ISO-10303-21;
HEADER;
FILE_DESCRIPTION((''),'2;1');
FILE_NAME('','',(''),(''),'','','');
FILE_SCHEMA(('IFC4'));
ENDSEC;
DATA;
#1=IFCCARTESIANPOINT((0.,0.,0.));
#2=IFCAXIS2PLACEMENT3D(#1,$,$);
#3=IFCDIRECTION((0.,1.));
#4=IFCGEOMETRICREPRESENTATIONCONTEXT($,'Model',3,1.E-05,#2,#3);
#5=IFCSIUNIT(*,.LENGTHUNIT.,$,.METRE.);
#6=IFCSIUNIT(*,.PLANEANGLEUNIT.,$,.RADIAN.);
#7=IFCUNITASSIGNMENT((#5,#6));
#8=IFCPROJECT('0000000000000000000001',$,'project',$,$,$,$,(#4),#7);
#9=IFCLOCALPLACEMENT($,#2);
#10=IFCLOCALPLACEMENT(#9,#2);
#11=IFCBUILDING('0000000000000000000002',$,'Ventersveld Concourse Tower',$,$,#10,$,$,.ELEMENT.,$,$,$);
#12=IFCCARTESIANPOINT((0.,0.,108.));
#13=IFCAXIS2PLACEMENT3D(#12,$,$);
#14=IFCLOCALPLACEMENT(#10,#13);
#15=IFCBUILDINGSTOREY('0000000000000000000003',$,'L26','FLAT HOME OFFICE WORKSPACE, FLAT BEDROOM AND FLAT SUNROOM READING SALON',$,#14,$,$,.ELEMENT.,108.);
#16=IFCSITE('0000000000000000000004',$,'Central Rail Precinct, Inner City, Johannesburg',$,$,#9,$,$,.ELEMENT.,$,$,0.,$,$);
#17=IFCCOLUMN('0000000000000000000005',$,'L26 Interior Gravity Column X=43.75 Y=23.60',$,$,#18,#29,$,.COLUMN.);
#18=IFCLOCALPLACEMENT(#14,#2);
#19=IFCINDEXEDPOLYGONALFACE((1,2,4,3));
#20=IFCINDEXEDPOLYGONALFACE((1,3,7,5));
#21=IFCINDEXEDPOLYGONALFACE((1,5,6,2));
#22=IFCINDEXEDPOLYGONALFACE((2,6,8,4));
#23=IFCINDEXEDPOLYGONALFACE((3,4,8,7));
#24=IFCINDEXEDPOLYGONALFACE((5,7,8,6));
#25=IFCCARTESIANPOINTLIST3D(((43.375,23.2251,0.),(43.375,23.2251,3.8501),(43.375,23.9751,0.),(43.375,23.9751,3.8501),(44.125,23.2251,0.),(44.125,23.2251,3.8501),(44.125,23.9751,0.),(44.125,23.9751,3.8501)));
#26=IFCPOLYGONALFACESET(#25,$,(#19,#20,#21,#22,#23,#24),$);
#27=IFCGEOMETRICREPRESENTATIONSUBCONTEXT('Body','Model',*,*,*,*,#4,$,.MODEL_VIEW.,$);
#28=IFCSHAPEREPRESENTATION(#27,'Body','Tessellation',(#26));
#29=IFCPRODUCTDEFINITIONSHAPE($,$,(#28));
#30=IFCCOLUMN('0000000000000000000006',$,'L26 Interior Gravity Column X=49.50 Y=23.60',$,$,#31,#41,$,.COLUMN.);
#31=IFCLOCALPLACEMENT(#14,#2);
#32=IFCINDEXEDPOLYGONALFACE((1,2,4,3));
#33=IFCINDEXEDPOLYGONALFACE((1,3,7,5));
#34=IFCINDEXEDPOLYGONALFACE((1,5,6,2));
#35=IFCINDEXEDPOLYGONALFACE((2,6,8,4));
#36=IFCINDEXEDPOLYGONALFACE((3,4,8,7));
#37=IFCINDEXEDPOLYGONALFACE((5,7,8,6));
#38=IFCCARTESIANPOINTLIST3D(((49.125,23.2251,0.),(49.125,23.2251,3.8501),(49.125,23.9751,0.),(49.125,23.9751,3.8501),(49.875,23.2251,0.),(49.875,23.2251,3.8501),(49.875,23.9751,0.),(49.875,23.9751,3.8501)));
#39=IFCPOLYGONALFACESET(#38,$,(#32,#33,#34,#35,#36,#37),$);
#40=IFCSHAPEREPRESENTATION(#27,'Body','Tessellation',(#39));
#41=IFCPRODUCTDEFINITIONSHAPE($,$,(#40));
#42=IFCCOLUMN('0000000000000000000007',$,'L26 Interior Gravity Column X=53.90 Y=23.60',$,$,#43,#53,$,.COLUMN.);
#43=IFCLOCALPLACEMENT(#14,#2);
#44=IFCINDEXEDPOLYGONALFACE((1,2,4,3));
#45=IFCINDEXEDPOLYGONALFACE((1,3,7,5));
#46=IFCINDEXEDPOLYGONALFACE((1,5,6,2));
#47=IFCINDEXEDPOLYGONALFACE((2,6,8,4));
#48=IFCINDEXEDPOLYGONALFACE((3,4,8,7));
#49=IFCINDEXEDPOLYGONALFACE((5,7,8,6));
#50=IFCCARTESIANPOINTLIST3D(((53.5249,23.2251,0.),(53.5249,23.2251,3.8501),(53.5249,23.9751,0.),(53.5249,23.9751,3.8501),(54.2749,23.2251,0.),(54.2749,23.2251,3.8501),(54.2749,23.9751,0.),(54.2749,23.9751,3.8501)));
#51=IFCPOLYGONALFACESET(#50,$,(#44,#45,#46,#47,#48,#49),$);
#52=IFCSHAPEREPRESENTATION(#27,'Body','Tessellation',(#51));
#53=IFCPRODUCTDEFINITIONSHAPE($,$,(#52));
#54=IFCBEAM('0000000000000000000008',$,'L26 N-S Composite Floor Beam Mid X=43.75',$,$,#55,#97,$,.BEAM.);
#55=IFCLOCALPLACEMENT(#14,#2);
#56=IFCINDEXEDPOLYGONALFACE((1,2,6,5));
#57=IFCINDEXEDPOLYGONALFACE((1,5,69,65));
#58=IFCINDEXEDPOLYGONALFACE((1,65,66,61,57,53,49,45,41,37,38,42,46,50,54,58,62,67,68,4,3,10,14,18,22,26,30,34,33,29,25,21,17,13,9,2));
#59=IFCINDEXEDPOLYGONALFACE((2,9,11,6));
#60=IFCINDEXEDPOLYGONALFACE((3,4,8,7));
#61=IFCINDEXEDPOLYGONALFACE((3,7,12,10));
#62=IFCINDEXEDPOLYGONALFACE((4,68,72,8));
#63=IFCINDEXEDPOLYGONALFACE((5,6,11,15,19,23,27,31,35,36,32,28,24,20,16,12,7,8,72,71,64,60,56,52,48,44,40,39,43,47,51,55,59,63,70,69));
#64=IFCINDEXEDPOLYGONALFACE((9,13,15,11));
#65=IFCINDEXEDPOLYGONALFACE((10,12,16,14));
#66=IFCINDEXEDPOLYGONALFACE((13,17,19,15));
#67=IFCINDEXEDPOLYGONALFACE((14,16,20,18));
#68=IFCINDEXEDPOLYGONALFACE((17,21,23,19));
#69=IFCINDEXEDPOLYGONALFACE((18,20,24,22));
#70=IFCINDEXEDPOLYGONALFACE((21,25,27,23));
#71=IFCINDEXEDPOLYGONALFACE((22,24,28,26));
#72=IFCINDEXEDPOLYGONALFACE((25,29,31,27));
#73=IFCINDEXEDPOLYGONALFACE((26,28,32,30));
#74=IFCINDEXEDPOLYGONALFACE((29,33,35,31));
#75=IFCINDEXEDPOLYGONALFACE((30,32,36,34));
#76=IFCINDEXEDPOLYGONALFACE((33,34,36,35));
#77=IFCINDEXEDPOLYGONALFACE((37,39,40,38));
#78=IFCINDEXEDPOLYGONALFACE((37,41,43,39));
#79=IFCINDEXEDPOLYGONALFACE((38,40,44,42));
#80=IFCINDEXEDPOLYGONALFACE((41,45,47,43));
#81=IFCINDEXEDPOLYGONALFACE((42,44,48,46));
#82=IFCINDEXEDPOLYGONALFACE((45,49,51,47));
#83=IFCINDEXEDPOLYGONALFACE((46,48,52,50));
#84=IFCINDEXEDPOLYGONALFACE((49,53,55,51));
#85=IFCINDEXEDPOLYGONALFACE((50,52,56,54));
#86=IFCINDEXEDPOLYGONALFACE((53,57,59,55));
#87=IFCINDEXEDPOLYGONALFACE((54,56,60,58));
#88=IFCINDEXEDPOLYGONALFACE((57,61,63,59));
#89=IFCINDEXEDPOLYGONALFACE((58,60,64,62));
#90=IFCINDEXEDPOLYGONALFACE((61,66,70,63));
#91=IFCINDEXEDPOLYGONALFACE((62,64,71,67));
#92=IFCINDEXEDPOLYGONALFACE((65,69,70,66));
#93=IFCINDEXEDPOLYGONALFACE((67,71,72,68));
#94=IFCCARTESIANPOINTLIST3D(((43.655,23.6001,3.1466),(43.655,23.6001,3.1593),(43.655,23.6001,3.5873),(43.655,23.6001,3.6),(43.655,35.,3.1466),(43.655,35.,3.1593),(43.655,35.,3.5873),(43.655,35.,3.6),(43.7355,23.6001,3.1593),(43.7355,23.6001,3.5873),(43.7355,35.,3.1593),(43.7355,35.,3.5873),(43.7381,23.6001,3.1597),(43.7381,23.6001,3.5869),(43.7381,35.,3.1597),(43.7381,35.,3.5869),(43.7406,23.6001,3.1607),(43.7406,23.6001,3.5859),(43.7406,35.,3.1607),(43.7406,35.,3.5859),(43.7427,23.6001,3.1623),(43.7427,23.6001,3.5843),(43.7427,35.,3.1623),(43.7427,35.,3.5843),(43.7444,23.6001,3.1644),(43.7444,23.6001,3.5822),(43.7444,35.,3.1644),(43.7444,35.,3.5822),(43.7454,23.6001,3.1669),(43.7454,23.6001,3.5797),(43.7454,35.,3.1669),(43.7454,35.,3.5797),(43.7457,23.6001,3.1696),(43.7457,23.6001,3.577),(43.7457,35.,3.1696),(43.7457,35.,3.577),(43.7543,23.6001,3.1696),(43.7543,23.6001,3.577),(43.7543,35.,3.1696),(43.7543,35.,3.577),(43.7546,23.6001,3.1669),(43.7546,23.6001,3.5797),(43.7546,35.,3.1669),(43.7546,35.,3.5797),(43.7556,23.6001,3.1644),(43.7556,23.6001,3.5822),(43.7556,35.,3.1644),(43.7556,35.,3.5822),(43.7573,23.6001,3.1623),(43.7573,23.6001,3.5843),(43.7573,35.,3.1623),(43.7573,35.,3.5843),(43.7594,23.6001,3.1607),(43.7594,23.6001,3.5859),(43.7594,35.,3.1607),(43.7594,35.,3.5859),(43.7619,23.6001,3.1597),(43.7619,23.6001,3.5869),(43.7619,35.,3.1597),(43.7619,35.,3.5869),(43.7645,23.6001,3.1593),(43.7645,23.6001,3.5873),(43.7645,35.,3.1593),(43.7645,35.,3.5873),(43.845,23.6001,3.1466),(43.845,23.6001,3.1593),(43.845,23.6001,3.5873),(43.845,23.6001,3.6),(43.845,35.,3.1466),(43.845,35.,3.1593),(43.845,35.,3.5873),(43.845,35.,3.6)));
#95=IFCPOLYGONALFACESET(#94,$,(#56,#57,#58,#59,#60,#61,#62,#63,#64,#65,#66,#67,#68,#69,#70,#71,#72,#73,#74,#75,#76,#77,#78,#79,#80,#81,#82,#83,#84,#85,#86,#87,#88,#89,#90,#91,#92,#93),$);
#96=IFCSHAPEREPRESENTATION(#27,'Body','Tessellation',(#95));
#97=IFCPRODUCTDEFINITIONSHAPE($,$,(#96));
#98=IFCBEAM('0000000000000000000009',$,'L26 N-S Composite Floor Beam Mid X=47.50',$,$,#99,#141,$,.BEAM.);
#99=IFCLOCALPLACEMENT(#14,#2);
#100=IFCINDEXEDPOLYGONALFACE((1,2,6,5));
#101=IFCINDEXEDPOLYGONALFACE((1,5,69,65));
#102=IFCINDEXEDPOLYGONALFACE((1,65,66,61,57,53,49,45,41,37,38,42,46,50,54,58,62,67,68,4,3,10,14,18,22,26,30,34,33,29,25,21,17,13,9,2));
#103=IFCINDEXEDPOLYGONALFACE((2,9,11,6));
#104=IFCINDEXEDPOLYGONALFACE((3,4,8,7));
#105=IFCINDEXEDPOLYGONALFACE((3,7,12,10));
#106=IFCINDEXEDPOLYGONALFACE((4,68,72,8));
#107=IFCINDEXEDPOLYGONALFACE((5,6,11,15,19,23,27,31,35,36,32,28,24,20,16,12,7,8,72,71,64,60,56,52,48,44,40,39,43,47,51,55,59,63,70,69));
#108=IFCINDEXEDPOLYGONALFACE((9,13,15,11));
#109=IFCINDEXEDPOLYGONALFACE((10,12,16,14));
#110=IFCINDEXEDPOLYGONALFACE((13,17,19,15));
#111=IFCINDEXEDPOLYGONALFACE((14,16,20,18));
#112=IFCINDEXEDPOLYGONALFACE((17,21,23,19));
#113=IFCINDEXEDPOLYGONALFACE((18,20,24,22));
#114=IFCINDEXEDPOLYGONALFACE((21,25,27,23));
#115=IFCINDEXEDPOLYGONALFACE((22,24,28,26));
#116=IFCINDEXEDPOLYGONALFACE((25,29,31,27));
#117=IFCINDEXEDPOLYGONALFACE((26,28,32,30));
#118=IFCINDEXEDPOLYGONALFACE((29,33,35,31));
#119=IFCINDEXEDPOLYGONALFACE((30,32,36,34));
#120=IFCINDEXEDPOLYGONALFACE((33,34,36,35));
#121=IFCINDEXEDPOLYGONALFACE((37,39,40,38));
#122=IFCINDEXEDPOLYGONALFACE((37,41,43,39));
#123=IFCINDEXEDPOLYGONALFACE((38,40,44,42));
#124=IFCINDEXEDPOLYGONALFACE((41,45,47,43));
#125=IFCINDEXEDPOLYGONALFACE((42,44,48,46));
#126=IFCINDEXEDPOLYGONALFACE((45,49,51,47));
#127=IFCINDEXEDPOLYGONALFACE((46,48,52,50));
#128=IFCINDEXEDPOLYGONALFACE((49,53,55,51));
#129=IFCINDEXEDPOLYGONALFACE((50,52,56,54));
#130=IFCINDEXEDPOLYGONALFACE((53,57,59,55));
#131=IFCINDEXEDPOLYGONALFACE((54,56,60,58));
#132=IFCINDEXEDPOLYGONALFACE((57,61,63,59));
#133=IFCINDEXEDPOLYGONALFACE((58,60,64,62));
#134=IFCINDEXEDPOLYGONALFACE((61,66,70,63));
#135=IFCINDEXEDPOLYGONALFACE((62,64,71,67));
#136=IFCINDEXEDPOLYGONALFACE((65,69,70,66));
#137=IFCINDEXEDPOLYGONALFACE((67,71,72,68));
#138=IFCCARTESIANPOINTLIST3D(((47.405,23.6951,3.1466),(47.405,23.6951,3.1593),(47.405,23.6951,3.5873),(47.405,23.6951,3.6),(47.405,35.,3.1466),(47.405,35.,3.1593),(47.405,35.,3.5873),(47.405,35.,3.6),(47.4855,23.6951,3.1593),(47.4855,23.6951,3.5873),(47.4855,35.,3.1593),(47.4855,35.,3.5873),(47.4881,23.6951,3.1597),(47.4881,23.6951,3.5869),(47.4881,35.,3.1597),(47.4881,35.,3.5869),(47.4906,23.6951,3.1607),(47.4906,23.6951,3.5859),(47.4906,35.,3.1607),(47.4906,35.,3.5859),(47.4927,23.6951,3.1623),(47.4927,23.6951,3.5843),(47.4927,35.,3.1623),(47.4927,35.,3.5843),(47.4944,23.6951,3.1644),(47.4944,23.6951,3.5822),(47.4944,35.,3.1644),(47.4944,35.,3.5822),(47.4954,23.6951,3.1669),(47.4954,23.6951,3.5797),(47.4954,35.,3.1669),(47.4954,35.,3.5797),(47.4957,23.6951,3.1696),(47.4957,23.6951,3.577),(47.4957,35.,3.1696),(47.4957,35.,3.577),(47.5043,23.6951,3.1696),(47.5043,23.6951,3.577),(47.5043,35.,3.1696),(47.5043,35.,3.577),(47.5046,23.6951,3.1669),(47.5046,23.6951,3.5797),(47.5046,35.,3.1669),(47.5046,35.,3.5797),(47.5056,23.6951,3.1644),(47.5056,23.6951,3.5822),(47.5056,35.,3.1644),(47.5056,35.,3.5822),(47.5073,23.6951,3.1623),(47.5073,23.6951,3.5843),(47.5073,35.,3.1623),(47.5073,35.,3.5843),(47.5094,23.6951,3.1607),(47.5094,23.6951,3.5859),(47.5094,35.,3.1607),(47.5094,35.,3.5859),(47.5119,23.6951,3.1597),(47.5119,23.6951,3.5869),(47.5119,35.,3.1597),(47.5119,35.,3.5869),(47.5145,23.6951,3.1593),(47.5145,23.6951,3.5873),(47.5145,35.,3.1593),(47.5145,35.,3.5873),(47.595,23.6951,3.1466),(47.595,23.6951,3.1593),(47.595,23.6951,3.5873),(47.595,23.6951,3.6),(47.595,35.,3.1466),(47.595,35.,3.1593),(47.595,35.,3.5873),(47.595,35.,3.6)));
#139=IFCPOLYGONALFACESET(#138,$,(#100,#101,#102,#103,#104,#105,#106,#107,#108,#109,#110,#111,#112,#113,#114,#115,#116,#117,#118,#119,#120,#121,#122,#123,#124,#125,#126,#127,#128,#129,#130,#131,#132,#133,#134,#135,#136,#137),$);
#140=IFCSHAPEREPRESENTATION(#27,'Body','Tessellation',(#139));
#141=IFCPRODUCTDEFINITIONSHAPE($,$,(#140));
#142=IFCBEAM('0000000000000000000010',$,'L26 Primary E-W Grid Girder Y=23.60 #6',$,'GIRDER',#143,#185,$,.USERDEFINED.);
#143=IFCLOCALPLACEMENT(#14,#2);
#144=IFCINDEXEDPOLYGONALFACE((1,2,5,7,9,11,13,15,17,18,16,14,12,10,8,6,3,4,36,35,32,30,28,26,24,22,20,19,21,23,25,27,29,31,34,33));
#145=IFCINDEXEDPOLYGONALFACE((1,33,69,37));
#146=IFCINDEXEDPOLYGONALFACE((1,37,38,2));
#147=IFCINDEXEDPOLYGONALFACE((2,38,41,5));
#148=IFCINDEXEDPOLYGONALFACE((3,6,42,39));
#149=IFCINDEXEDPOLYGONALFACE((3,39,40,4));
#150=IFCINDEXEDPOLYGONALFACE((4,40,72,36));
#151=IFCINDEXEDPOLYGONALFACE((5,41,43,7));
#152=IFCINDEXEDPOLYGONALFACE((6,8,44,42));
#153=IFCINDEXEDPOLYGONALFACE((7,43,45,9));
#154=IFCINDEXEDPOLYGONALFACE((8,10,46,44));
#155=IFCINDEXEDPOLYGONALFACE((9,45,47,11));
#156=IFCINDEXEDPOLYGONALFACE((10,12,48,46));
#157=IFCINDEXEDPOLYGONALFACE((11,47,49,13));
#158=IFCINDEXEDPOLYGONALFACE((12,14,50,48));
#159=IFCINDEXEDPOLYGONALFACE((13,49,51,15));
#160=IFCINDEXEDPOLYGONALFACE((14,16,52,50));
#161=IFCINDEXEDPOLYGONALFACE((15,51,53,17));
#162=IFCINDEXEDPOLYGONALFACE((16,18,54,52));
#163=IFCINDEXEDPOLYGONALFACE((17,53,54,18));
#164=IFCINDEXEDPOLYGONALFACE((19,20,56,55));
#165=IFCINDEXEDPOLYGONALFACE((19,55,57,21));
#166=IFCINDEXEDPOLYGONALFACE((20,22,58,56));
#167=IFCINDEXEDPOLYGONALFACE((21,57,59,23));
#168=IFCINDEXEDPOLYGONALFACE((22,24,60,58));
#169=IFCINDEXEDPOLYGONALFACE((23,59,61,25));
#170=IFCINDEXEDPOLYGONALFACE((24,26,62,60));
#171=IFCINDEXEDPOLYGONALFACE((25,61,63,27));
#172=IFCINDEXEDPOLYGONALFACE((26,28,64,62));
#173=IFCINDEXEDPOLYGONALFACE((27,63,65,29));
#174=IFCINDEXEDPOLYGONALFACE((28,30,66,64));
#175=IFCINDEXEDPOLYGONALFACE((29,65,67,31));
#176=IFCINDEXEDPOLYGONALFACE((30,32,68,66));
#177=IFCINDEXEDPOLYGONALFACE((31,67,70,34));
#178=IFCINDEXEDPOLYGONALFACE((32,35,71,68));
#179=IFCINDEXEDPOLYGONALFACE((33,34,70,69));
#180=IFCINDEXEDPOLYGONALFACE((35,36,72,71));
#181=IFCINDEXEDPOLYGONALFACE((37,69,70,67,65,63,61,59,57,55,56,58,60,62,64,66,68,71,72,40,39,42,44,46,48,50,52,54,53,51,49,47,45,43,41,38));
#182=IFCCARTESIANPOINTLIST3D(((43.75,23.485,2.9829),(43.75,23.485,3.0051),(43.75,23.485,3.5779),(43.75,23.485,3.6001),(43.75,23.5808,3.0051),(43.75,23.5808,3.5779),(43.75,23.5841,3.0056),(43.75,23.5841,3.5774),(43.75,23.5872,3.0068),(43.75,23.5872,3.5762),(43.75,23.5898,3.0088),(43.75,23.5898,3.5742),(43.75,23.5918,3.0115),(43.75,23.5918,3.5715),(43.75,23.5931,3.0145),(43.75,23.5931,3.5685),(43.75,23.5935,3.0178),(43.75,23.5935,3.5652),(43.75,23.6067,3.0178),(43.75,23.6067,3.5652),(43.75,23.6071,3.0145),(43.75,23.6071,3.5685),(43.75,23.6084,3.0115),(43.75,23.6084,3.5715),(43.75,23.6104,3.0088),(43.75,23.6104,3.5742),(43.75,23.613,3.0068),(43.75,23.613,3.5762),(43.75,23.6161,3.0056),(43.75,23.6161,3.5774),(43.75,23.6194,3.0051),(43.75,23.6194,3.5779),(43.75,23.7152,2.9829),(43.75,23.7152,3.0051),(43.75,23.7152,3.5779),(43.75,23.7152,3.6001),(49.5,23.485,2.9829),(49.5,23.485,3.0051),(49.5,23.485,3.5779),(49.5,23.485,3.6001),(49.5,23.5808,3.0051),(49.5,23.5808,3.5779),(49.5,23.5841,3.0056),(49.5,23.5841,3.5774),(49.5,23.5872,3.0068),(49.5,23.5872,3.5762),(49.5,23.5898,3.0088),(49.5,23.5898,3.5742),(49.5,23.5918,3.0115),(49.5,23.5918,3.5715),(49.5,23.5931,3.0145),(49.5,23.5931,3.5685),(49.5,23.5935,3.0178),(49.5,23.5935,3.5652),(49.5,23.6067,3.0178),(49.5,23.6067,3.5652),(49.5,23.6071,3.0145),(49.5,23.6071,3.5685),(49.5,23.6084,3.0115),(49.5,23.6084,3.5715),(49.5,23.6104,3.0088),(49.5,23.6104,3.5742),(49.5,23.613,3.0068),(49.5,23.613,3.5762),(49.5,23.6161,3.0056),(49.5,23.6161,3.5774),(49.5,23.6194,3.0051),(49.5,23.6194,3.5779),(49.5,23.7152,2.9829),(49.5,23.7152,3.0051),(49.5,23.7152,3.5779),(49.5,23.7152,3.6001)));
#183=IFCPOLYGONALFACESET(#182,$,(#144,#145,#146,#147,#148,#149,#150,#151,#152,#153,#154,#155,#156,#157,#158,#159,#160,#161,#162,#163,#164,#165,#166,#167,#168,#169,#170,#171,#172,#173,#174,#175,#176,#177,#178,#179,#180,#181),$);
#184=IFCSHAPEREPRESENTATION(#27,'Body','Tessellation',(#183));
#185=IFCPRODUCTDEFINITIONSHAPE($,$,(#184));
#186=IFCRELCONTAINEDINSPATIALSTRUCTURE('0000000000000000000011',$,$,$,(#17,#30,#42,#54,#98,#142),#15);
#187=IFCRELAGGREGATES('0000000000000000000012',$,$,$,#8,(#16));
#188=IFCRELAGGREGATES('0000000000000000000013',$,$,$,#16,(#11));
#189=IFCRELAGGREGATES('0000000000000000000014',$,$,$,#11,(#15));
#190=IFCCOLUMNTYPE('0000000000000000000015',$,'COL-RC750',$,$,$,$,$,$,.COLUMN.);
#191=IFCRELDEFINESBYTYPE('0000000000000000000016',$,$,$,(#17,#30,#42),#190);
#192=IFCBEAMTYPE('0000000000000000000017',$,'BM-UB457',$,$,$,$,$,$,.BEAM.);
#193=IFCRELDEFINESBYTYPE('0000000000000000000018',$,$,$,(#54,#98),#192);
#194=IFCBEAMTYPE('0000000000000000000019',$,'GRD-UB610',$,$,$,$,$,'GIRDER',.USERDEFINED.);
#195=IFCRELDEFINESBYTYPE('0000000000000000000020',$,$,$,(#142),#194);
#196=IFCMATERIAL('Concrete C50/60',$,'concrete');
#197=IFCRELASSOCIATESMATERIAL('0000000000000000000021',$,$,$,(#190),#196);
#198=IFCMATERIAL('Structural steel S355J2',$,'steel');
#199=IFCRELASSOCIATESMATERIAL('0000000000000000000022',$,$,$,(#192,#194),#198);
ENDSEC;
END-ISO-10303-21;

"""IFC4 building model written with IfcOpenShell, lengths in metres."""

from ifc_helpers import new_model, si_unit, direction, frame, origin, origin_2d, place, context, subcontext, project, spatial, rectangle, i_section, extrude, material, material_profile, profile_set, type_object, element, save


model = new_model("IFC4")

# Units and contexts
model_context = context("Model", 3, precision=1e-05, world=origin(), true_north=direction((0.0, 1.0)))
body_context = subcontext(model_context, "Body", "Model", "MODEL_VIEW")
ifc_project = project(units=[si_unit("LENGTHUNIT", "METRE"), si_unit("PLANEANGLEUNIT", "RADIAN")], contexts=[model_context])

# Site, building, storey
site_placement = place(None, origin())
site = spatial("IfcSite", under=ifc_project, at=site_placement, Name="Central Rail Precinct, Inner City, Johannesburg", CompositionType="ELEMENT", RefElevation=0.0)
building_placement = place(site_placement, origin())
building = spatial("IfcBuilding", under=site, at=building_placement, Name="Ventersveld Concourse Tower", CompositionType="ELEMENT")
storey_placement = place(building_placement, frame((0.0, 0.0, 108.0)))
storey = spatial("IfcBuildingStorey", under=building, at=storey_placement, Name="L26", Description="FLAT HOME OFFICE WORKSPACE, FLAT BEDROOM AND FLAT SUNROOM READING SALON", CompositionType="ELEMENT", Elevation=108.0)

# Columns
ifc_material_1 = material(Name="Concrete C50/60", Category="concrete")
ifc_material_profile_1 = material_profile(ifc_material_1, rectangle(XDim=0.75, YDim=0.75, at=origin_2d()), Name="RC 750x750")
ifc_profile_set_1 = profile_set([ifc_material_profile_1], Name="Concrete C50/60")
column_type = type_object("IfcColumnType", Name="COL-RC750", PredefinedType="COLUMN", material=ifc_profile_set_1)
for number, where, z_axis, x_axis, name in (
    (1, (43.75, 23.6001, 0.0), (0.0, 0.0, 1.0), (1.0, 0.0, 0.0), "L26 Interior Gravity Column X=43.75 Y=23.60"),
    (2, (49.5, 23.6001, 0.0), (0.0, 0.0, 1.0), (1.0, 0.0, 0.0), "L26 Interior Gravity Column X=49.50 Y=23.60"),
    (3, (53.8999, 23.6001, 0.0), (0.0, 0.0, 1.0), (1.0, 0.0, 0.0), "L26 Interior Gravity Column X=53.90 Y=23.60"),
):
    element("IfcColumn", number, at=place(storey_placement, frame(where, z_axis=z_axis, x_axis=x_axis)), inside=storey, type_object=column_type, Name=name, PredefinedType="COLUMN", context=body_context, shape_type="SweptSolid", body=[
        extrude(rectangle(XDim=0.75, YDim=0.75, at=origin_2d()), origin(), (0.0, 0.0, 1.0), 3.8501),
    ])

# Beams
ifc_material_2 = material(Name="Structural steel S355J2", Category="steel")
ifc_material_profile_2 = material_profile(ifc_material_2, i_section(OverallWidth=0.1899, OverallDepth=0.4534, WebThickness=0.0085, FlangeThickness=0.0127, FilletRadius=0.0103, at=origin_2d()), Name="UB 457x191x67")
ifc_profile_set_2 = profile_set([ifc_material_profile_2], Name="Structural steel S355J2")
beam_type_1 = type_object("IfcBeamType", Name="BM-UB457", PredefinedType="BEAM", material=ifc_profile_set_2)
beam_1_placement = place(storey_placement, frame((43.75, 23.6001, 3.3733), z_axis=(0.0, 1.0, 0.0), x_axis=(-1.0, 0.0, 0.0)))
element("IfcBeam", 4, at=beam_1_placement, inside=storey, type_object=beam_type_1, Name="L26 N-S Composite Floor Beam Mid X=43.75", PredefinedType="BEAM", context=body_context, shape_type="SweptSolid", body=[
    extrude(i_section(OverallWidth=0.1899, OverallDepth=0.4534, WebThickness=0.0085, FlangeThickness=0.0127, FilletRadius=0.0103, at=origin_2d()), origin(), (0.0, 0.0, 1.0), 11.3999),
])
beam_2_placement = place(storey_placement, frame((47.5, 23.6951, 3.3733), z_axis=(0.0, 1.0, 0.0), x_axis=(-1.0, 0.0, 0.0)))
element("IfcBeam", 5, at=beam_2_placement, inside=storey, type_object=beam_type_1, Name="L26 N-S Composite Floor Beam Mid X=47.50", PredefinedType="BEAM", context=body_context, shape_type="SweptSolid", body=[
    extrude(i_section(OverallWidth=0.1899, OverallDepth=0.4534, WebThickness=0.0085, FlangeThickness=0.0127, FilletRadius=0.0103, at=origin_2d()), origin(), (0.0, 0.0, 1.0), 11.3049),
])
ifc_material_profile_3 = material_profile(ifc_material_2, i_section(OverallWidth=0.2302, OverallDepth=0.6172, WebThickness=0.0132, FlangeThickness=0.0222, FilletRadius=0.0127, at=origin_2d()), Name="UB 610x229x140")
ifc_profile_set_3 = profile_set([ifc_material_profile_3], Name="Structural steel S355J2")
beam_type_2 = type_object("IfcBeamType", Name="GRD-UB610", ElementType="GIRDER", PredefinedType="USERDEFINED", material=ifc_profile_set_3)
beam_3_placement = place(storey_placement, frame((43.75, 23.6001, 3.2915), z_axis=(1.0, 0.0, 0.0), x_axis=(0.0, 1.0, 0.0)))
element("IfcBeam", 6, at=beam_3_placement, inside=storey, type_object=beam_type_2, Name="L26 Primary E-W Grid Girder Y=23.60 #6", ObjectType="GIRDER", PredefinedType="USERDEFINED", context=body_context, shape_type="SweptSolid", body=[
    extrude(i_section(OverallWidth=0.2302, OverallDepth=0.6172, WebThickness=0.0132, FlangeThickness=0.0222, FilletRadius=0.0127, at=origin_2d()), origin(), (0.0, 0.0, 1.0), 5.75),
])

save(model, "model.ifc")
